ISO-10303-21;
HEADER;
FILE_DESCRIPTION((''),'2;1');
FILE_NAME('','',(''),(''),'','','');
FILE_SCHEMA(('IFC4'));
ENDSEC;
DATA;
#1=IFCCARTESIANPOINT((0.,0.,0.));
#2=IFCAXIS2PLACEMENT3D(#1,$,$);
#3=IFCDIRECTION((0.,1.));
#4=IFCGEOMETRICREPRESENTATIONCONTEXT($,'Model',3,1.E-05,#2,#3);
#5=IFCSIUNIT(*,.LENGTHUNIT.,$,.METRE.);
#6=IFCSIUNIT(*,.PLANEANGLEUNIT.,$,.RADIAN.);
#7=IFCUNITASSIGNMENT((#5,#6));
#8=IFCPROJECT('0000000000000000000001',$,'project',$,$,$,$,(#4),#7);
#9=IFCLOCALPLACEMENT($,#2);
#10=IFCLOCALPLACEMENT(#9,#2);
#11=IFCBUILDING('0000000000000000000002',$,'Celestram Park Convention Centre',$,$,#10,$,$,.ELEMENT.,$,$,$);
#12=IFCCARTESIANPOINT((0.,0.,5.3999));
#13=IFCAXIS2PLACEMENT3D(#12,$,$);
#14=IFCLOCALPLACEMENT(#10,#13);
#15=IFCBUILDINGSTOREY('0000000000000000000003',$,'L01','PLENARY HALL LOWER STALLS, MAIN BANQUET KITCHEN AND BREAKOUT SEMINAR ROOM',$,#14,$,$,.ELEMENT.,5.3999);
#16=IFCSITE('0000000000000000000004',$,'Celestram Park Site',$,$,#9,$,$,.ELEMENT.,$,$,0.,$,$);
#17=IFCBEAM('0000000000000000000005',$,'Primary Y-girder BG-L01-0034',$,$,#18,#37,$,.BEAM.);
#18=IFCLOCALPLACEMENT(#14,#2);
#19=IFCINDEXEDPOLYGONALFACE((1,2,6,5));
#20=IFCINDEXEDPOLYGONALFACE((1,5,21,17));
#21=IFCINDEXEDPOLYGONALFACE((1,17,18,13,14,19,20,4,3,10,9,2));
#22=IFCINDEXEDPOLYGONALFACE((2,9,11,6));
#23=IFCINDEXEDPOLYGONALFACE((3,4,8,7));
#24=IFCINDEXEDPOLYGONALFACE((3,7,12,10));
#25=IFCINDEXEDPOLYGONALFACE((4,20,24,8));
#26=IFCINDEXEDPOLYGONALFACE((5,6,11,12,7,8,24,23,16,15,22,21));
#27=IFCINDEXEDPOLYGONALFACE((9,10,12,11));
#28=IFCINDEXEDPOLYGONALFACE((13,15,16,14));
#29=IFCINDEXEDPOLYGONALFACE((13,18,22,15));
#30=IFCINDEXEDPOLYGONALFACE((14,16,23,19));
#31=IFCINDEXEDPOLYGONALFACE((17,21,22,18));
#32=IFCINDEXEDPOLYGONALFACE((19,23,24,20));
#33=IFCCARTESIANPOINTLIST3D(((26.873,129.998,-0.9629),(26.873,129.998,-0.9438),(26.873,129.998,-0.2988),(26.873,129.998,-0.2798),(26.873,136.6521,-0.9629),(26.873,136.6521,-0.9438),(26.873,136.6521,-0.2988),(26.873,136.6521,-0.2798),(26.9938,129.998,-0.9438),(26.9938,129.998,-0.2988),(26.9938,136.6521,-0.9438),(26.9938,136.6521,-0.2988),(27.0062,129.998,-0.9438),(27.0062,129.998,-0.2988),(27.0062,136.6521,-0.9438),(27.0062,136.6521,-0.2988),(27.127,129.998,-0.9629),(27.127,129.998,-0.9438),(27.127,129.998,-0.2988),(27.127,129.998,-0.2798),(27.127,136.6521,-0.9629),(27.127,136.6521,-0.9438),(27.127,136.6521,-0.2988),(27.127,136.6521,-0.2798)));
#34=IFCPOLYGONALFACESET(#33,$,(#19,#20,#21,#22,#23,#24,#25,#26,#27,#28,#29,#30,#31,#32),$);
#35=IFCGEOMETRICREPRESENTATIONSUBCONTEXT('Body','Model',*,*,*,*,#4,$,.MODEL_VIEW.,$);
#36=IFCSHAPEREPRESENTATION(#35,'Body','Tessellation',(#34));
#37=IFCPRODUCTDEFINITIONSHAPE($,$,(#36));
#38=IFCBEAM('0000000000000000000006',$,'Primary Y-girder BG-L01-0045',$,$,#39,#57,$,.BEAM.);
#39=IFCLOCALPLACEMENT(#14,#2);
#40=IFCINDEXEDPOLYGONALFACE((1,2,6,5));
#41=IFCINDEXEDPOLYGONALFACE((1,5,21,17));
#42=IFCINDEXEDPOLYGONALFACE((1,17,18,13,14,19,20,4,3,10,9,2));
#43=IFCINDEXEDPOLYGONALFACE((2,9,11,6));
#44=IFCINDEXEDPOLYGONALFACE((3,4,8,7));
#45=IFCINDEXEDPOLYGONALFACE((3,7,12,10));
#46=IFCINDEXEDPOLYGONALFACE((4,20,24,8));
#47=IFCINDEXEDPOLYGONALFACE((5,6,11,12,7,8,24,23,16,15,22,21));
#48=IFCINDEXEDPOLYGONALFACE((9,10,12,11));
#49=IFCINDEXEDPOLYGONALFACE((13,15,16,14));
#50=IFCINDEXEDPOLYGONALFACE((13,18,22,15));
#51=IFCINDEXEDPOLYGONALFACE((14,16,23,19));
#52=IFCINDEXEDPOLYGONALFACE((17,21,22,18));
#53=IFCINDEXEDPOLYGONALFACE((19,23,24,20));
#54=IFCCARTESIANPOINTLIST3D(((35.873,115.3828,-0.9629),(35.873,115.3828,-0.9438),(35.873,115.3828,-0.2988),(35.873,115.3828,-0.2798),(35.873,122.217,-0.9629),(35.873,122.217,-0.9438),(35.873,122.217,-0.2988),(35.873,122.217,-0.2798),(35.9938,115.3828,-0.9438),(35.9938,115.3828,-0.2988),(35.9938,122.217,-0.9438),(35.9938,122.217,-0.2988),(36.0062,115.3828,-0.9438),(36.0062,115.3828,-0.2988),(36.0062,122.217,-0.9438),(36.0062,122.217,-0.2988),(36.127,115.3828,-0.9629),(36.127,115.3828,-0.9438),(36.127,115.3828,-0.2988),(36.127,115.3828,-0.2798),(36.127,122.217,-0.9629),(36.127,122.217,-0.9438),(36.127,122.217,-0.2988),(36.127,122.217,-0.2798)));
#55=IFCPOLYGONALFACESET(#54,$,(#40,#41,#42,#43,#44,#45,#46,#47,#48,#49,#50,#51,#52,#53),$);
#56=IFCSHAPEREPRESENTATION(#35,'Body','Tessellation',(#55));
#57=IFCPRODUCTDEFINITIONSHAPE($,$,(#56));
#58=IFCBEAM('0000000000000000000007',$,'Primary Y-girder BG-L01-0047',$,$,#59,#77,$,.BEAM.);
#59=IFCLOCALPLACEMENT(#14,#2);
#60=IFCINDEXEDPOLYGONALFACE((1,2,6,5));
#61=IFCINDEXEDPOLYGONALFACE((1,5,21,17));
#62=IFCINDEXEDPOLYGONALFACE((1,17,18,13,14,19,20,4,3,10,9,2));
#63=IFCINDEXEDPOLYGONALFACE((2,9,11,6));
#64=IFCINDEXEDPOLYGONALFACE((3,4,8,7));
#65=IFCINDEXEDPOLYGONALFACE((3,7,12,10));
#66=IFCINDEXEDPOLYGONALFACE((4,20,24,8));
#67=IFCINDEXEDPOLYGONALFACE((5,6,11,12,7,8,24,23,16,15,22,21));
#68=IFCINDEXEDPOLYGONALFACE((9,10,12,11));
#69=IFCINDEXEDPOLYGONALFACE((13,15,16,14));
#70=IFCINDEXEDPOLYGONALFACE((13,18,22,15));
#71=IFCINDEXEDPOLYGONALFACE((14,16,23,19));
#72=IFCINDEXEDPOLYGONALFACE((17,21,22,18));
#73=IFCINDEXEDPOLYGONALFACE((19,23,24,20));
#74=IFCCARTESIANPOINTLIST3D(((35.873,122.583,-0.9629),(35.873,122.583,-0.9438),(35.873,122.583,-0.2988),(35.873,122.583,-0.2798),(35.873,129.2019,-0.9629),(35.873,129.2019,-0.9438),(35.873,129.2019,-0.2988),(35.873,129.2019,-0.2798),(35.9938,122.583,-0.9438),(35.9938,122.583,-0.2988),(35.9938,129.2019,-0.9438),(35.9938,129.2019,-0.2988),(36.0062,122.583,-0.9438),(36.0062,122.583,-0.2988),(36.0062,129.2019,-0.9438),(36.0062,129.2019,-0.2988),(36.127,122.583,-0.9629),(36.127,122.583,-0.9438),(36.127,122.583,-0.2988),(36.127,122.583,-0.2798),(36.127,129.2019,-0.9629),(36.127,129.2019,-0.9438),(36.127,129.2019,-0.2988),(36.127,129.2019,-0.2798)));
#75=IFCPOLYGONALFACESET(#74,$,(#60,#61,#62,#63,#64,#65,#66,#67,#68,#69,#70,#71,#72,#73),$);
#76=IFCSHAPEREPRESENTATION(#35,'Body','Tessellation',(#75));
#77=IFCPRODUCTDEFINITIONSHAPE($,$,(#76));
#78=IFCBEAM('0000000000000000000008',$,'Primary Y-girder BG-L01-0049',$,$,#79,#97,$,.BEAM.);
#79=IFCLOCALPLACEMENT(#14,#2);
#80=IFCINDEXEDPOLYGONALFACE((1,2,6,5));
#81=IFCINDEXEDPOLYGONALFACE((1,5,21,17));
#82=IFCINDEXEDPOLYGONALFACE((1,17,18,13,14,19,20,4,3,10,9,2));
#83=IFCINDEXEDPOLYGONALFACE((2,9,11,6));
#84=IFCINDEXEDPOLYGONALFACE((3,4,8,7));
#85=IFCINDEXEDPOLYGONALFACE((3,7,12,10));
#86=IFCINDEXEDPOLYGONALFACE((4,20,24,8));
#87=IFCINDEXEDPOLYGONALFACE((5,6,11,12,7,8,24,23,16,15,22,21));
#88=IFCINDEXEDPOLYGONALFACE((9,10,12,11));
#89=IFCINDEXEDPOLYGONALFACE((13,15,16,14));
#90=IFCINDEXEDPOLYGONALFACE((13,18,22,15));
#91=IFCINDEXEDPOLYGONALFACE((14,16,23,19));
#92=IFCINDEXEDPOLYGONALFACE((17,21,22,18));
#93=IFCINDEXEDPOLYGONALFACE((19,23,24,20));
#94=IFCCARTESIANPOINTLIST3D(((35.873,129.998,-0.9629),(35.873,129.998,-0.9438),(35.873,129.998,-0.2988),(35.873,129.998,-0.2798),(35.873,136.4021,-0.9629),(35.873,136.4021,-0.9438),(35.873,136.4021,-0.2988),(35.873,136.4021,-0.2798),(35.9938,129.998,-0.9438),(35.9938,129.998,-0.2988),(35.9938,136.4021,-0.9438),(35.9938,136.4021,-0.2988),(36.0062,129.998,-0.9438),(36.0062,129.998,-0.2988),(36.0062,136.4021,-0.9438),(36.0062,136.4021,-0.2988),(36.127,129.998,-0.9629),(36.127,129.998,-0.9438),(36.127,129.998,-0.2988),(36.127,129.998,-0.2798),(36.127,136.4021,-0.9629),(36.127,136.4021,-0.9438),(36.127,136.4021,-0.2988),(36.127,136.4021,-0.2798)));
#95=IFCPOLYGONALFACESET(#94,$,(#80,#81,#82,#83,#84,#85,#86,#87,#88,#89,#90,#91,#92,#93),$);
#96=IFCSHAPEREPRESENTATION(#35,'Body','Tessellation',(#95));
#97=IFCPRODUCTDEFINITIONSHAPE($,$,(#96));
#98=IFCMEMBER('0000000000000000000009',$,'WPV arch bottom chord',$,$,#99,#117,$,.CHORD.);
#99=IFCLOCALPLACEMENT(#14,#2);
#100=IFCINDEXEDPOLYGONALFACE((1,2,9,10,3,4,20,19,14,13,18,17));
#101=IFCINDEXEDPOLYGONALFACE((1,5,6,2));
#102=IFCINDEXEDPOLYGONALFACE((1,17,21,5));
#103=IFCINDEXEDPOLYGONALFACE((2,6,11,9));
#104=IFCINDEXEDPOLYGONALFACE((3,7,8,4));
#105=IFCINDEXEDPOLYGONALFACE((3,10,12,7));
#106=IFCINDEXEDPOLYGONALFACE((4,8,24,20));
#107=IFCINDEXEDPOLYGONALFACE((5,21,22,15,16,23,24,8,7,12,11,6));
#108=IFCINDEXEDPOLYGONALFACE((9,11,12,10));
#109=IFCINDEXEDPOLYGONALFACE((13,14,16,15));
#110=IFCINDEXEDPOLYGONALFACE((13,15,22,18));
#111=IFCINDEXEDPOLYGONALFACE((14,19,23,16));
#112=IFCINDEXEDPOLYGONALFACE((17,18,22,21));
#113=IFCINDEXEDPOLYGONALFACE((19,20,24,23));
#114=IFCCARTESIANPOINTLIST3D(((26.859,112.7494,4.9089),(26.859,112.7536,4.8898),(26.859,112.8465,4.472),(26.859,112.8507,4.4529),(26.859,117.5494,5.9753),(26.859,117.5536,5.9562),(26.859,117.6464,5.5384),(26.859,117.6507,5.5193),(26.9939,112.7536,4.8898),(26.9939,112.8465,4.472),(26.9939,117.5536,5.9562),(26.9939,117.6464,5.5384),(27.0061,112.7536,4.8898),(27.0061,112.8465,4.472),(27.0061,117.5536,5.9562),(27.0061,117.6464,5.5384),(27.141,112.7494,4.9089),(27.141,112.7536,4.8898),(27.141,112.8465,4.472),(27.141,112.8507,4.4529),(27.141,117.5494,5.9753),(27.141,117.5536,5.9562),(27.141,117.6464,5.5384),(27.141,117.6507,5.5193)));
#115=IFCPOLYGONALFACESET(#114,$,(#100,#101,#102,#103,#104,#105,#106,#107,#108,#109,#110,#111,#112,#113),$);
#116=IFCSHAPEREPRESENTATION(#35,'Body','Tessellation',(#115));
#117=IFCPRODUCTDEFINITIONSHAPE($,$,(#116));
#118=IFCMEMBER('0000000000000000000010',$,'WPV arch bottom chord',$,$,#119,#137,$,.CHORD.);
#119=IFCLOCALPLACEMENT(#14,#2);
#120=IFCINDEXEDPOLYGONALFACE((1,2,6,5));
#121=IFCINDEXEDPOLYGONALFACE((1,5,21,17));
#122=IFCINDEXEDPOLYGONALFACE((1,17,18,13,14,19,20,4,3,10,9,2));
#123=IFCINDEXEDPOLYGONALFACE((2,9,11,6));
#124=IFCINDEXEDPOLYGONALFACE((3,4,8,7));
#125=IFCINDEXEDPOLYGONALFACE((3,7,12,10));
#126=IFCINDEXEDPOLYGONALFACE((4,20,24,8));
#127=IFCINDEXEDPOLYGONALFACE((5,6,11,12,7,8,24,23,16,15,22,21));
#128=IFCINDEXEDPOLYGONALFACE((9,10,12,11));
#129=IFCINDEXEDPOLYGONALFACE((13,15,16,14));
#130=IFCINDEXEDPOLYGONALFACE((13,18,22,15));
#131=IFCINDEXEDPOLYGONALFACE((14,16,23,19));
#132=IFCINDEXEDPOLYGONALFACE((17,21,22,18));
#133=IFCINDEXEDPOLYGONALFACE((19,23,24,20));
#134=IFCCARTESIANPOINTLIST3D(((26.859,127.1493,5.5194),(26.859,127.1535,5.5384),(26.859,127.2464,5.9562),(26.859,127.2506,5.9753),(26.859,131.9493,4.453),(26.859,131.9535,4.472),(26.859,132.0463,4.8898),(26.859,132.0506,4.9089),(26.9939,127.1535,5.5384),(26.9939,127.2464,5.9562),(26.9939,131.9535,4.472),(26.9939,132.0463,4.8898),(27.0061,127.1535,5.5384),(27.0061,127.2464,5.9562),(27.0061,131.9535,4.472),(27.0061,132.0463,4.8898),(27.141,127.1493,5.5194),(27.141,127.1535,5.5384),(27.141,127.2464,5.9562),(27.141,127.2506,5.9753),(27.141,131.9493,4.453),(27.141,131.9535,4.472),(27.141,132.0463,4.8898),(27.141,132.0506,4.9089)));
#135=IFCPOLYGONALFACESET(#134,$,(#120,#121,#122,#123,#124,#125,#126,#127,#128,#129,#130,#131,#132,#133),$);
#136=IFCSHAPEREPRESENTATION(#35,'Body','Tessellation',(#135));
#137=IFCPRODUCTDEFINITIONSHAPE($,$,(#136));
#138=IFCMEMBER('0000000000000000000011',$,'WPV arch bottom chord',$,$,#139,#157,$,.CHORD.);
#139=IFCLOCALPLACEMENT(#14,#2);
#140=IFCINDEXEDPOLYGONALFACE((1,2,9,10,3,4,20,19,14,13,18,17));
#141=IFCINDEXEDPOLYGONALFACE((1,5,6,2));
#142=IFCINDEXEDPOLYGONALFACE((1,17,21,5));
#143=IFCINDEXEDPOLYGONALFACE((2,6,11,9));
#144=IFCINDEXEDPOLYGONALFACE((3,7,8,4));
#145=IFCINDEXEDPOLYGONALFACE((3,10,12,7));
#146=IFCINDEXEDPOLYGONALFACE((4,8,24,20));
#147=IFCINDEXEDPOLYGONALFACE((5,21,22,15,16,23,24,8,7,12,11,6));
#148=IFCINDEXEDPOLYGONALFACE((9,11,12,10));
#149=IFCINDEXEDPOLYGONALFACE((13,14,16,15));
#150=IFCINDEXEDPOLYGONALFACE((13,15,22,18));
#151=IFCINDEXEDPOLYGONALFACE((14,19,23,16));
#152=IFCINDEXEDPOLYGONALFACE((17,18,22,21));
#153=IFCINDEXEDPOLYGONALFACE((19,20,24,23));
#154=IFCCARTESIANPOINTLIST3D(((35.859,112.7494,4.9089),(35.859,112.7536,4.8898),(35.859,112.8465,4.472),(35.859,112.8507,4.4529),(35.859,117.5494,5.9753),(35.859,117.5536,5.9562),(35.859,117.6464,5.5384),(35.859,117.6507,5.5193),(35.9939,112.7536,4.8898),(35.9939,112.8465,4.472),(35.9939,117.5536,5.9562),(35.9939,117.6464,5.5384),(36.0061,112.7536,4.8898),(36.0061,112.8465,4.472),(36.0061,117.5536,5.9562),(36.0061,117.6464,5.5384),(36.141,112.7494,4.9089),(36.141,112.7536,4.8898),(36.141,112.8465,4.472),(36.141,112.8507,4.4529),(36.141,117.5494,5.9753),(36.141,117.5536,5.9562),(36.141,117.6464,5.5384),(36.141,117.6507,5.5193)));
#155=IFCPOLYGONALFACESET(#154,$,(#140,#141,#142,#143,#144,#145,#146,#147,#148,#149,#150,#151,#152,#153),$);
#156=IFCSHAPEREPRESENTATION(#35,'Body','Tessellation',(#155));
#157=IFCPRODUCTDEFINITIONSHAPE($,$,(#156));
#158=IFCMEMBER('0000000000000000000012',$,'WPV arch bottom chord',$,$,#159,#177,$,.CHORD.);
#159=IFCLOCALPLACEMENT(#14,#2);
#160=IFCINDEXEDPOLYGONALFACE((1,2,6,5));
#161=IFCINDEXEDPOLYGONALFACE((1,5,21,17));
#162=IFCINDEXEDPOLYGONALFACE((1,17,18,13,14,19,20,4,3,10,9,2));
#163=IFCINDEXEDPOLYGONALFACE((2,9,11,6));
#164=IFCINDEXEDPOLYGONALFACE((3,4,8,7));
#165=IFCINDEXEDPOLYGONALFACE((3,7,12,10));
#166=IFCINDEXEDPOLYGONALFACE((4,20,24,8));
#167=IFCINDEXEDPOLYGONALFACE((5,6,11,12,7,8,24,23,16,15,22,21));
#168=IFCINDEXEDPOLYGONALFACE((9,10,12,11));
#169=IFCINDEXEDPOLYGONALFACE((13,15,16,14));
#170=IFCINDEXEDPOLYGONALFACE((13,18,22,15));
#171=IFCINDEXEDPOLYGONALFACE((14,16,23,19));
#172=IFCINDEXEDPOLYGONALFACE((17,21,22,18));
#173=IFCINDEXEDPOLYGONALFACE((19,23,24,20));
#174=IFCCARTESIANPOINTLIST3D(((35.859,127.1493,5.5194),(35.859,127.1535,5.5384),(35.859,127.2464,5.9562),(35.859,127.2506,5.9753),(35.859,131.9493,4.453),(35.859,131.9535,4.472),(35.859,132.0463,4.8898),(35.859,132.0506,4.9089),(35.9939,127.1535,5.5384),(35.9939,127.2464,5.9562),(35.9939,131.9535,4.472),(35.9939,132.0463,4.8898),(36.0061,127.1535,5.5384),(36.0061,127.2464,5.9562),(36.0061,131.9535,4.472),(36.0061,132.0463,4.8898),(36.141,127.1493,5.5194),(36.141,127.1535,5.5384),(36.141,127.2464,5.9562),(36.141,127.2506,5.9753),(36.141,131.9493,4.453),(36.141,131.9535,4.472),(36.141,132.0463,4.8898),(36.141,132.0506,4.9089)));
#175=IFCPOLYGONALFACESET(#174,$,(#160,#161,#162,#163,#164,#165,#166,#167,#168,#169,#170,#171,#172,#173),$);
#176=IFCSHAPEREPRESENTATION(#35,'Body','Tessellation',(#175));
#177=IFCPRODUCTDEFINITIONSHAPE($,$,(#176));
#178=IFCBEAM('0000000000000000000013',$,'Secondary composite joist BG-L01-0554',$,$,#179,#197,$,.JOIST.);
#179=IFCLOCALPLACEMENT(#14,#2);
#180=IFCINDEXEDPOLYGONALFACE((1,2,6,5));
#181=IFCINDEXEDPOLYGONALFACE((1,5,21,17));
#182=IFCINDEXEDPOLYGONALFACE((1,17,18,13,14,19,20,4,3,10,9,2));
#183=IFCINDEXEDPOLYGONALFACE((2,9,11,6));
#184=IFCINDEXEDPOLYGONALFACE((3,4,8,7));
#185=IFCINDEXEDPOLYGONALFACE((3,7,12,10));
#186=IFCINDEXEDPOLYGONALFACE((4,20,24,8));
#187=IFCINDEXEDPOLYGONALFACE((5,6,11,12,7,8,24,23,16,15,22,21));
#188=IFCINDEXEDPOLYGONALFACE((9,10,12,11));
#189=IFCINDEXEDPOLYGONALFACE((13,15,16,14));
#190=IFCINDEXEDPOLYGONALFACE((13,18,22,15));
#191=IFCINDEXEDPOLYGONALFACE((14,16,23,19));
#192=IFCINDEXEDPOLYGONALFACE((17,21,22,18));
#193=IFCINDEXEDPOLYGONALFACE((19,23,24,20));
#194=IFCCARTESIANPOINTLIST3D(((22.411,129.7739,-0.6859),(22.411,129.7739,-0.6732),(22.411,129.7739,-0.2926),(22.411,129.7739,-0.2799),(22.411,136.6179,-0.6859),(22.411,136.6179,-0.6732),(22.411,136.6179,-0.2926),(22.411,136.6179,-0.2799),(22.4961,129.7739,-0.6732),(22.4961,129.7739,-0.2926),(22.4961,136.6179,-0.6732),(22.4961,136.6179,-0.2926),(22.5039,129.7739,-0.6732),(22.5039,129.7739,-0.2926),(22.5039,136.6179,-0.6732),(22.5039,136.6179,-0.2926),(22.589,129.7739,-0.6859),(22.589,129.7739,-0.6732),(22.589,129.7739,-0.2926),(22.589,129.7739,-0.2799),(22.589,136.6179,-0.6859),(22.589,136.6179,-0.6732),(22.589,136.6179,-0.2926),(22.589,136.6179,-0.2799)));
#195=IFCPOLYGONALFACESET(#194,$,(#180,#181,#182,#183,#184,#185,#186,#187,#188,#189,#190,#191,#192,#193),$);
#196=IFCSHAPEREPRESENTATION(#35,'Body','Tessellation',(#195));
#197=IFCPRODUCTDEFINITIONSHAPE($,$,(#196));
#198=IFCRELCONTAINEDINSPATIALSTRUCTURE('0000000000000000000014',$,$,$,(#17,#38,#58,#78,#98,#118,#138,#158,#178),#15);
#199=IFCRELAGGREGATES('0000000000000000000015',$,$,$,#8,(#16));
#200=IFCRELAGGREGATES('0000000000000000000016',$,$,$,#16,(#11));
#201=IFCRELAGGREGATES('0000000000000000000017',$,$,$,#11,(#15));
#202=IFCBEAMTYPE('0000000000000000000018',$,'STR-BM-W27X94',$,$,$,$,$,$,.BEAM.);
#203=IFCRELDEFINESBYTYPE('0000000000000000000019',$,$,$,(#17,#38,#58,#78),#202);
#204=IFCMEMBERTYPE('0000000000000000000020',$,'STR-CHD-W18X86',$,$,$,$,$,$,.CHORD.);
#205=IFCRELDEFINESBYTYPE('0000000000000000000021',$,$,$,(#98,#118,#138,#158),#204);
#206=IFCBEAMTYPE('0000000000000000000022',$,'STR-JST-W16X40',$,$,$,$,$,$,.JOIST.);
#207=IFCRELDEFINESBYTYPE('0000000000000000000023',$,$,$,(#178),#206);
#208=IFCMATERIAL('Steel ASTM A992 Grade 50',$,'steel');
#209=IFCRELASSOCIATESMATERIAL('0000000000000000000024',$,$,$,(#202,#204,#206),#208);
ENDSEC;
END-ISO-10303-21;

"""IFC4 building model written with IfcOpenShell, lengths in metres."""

from ifc_helpers import new_model, si_unit, direction, frame, origin, origin_2d, place, context, subcontext, project, spatial, i_section, extrude, material, material_profile, profile_set, type_object, element, save


model = new_model("IFC4")

# Units and contexts
model_context = context("Model", 3, precision=1e-05, world=origin(), true_north=direction((0.0, 1.0)))
body_context = subcontext(model_context, "Body", "Model", "MODEL_VIEW")
ifc_project = project(units=[si_unit("LENGTHUNIT", "METRE"), si_unit("PLANEANGLEUNIT", "RADIAN")], contexts=[model_context])

# Site, building, storey
site_placement = place(None, origin())
site = spatial("IfcSite", under=ifc_project, at=site_placement, Name="Celestram Park Site", CompositionType="ELEMENT", RefElevation=0.0)
building_placement = place(site_placement, origin())
building = spatial("IfcBuilding", under=site, at=building_placement, Name="Celestram Park Convention Centre", CompositionType="ELEMENT")
storey_placement = place(building_placement, frame((0.0, 0.0, 5.3999)))
storey = spatial("IfcBuildingStorey", under=building, at=storey_placement, Name="L01", Description="PLENARY HALL LOWER STALLS, MAIN BANQUET KITCHEN AND BREAKOUT SEMINAR ROOM", CompositionType="ELEMENT", Elevation=5.3999)

# Beams
ifc_material_1 = material(Name="Steel ASTM A992 Grade 50", Category="steel")
ifc_material_profile_1 = material_profile(ifc_material_1, i_section(OverallWidth=0.2539, OverallDepth=0.6831, WebThickness=0.0125, FlangeThickness=0.019, at=origin_2d()), Name="W27X94")
ifc_profile_set_1 = profile_set([ifc_material_profile_1], Name="Steel ASTM A992 Grade 50")
beam_type_1 = type_object("IfcBeamType", Name="STR-BM-W27X94", PredefinedType="BEAM", material=ifc_profile_set_1)
beam_1_placement = place(storey_placement, frame((27.0, 129.998, -0.6213), z_axis=(0.0, 1.0, 0.0), x_axis=(-1.0, 0.0, 0.0)))
element("IfcBeam", 1, at=beam_1_placement, inside=storey, type_object=beam_type_1, Name="Primary Y-girder BG-L01-0034", PredefinedType="BEAM", context=body_context, shape_type="SweptSolid", body=[
    extrude(i_section(OverallWidth=0.2539, OverallDepth=0.6831, WebThickness=0.0125, FlangeThickness=0.019, at=origin_2d()), origin(), (0.0, 0.0, 1.0), 6.6541),
])
beam_2_placement = place(storey_placement, frame((36.0, 115.3828, -0.6213), z_axis=(0.0, 1.0, 0.0), x_axis=(-1.0, 0.0, 0.0)))
element("IfcBeam", 2, at=beam_2_placement, inside=storey, type_object=beam_type_1, Name="Primary Y-girder BG-L01-0045", PredefinedType="BEAM", context=body_context, shape_type="SweptSolid", body=[
    extrude(i_section(OverallWidth=0.2539, OverallDepth=0.6831, WebThickness=0.0125, FlangeThickness=0.019, at=origin_2d()), origin(), (0.0, 0.0, 1.0), 6.8342),
])
beam_3_placement = place(storey_placement, frame((36.0, 122.583, -0.6213), z_axis=(0.0, 1.0, 0.0), x_axis=(-1.0, 0.0, 0.0)))
element("IfcBeam", 3, at=beam_3_placement, inside=storey, type_object=beam_type_1, Name="Primary Y-girder BG-L01-0047", PredefinedType="BEAM", context=body_context, shape_type="SweptSolid", body=[
    extrude(i_section(OverallWidth=0.2539, OverallDepth=0.6831, WebThickness=0.0125, FlangeThickness=0.019, at=origin_2d()), origin(), (0.0, 0.0, 1.0), 6.6189),
])
beam_4_placement = place(storey_placement, frame((36.0, 129.998, -0.6213), z_axis=(0.0, 1.0, 0.0), x_axis=(-1.0, 0.0, 0.0)))
element("IfcBeam", 4, at=beam_4_placement, inside=storey, type_object=beam_type_1, Name="Primary Y-girder BG-L01-0049", PredefinedType="BEAM", context=body_context, shape_type="SweptSolid", body=[
    extrude(i_section(OverallWidth=0.2539, OverallDepth=0.6831, WebThickness=0.0125, FlangeThickness=0.019, at=origin_2d()), origin(), (0.0, 0.0, 1.0), 6.4041),
])

# Members
ifc_material_profile_2 = material_profile(ifc_material_1, i_section(OverallWidth=0.282, OverallDepth=0.467, WebThickness=0.0122, FlangeThickness=0.0195, at=origin_2d()), Name="W18X86")
ifc_profile_set_2 = profile_set([ifc_material_profile_2], Name="Steel ASTM A992 Grade 50")
member_type = type_object("IfcMemberType", Name="STR-CHD-W18X86", PredefinedType="CHORD", material=ifc_profile_set_2)
for number, where, z_axis, x_axis, name in (
    (5, (27.0, 112.8, 4.6809), (0.0, 0.976199, 0.216878), (-1.0, 0.0, 0.0), "WPV arch bottom chord"),
    (6, (27.0, 127.2, 5.7473), (0.0, 0.976199, -0.216878), (-1.0, 0.0, 0.0), "WPV arch bottom chord"),
    (7, (36.0, 112.8, 4.6809), (0.0, 0.976199, 0.216878), (-1.0, 0.0, 0.0), "WPV arch bottom chord"),
    (8, (36.0, 127.2, 5.7473), (0.0, 0.976199, -0.216878), (-1.0, 0.0, 0.0), "WPV arch bottom chord"),
):
    element("IfcMember", number, at=place(storey_placement, frame(where, z_axis=z_axis, x_axis=x_axis)), inside=storey, type_object=member_type, Name=name, PredefinedType="CHORD", context=body_context, shape_type="SweptSolid", body=[
        extrude(i_section(OverallWidth=0.282, OverallDepth=0.467, WebThickness=0.0122, FlangeThickness=0.0195, at=origin_2d()), origin(), (0.0, 0.0, 1.0), 4.917),
    ])

# Beam
ifc_material_profile_3 = material_profile(ifc_material_1, i_section(OverallWidth=0.178, OverallDepth=0.406, WebThickness=0.0078, FlangeThickness=0.0127, at=origin_2d()), Name="W16X40")
ifc_profile_set_3 = profile_set([ifc_material_profile_3], Name="Steel ASTM A992 Grade 50")
beam_type_2 = type_object("IfcBeamType", Name="STR-JST-W16X40", PredefinedType="JOIST", material=ifc_profile_set_3)
beam_5_placement = place(storey_placement, frame((22.5, 129.7739, -0.4829), z_axis=(0.0, 1.0, 0.0), x_axis=(-1.0, 0.0, 0.0)))
element("IfcBeam", 9, at=beam_5_placement, inside=storey, type_object=beam_type_2, Name="Secondary composite joist BG-L01-0554", PredefinedType="JOIST", context=body_context, shape_type="SweptSolid", body=[
    extrude(i_section(OverallWidth=0.178, OverallDepth=0.406, WebThickness=0.0078, FlangeThickness=0.0127, at=origin_2d()), origin(), (0.0, 0.0, 1.0), 6.844),
])

save(model, "model.ifc")
